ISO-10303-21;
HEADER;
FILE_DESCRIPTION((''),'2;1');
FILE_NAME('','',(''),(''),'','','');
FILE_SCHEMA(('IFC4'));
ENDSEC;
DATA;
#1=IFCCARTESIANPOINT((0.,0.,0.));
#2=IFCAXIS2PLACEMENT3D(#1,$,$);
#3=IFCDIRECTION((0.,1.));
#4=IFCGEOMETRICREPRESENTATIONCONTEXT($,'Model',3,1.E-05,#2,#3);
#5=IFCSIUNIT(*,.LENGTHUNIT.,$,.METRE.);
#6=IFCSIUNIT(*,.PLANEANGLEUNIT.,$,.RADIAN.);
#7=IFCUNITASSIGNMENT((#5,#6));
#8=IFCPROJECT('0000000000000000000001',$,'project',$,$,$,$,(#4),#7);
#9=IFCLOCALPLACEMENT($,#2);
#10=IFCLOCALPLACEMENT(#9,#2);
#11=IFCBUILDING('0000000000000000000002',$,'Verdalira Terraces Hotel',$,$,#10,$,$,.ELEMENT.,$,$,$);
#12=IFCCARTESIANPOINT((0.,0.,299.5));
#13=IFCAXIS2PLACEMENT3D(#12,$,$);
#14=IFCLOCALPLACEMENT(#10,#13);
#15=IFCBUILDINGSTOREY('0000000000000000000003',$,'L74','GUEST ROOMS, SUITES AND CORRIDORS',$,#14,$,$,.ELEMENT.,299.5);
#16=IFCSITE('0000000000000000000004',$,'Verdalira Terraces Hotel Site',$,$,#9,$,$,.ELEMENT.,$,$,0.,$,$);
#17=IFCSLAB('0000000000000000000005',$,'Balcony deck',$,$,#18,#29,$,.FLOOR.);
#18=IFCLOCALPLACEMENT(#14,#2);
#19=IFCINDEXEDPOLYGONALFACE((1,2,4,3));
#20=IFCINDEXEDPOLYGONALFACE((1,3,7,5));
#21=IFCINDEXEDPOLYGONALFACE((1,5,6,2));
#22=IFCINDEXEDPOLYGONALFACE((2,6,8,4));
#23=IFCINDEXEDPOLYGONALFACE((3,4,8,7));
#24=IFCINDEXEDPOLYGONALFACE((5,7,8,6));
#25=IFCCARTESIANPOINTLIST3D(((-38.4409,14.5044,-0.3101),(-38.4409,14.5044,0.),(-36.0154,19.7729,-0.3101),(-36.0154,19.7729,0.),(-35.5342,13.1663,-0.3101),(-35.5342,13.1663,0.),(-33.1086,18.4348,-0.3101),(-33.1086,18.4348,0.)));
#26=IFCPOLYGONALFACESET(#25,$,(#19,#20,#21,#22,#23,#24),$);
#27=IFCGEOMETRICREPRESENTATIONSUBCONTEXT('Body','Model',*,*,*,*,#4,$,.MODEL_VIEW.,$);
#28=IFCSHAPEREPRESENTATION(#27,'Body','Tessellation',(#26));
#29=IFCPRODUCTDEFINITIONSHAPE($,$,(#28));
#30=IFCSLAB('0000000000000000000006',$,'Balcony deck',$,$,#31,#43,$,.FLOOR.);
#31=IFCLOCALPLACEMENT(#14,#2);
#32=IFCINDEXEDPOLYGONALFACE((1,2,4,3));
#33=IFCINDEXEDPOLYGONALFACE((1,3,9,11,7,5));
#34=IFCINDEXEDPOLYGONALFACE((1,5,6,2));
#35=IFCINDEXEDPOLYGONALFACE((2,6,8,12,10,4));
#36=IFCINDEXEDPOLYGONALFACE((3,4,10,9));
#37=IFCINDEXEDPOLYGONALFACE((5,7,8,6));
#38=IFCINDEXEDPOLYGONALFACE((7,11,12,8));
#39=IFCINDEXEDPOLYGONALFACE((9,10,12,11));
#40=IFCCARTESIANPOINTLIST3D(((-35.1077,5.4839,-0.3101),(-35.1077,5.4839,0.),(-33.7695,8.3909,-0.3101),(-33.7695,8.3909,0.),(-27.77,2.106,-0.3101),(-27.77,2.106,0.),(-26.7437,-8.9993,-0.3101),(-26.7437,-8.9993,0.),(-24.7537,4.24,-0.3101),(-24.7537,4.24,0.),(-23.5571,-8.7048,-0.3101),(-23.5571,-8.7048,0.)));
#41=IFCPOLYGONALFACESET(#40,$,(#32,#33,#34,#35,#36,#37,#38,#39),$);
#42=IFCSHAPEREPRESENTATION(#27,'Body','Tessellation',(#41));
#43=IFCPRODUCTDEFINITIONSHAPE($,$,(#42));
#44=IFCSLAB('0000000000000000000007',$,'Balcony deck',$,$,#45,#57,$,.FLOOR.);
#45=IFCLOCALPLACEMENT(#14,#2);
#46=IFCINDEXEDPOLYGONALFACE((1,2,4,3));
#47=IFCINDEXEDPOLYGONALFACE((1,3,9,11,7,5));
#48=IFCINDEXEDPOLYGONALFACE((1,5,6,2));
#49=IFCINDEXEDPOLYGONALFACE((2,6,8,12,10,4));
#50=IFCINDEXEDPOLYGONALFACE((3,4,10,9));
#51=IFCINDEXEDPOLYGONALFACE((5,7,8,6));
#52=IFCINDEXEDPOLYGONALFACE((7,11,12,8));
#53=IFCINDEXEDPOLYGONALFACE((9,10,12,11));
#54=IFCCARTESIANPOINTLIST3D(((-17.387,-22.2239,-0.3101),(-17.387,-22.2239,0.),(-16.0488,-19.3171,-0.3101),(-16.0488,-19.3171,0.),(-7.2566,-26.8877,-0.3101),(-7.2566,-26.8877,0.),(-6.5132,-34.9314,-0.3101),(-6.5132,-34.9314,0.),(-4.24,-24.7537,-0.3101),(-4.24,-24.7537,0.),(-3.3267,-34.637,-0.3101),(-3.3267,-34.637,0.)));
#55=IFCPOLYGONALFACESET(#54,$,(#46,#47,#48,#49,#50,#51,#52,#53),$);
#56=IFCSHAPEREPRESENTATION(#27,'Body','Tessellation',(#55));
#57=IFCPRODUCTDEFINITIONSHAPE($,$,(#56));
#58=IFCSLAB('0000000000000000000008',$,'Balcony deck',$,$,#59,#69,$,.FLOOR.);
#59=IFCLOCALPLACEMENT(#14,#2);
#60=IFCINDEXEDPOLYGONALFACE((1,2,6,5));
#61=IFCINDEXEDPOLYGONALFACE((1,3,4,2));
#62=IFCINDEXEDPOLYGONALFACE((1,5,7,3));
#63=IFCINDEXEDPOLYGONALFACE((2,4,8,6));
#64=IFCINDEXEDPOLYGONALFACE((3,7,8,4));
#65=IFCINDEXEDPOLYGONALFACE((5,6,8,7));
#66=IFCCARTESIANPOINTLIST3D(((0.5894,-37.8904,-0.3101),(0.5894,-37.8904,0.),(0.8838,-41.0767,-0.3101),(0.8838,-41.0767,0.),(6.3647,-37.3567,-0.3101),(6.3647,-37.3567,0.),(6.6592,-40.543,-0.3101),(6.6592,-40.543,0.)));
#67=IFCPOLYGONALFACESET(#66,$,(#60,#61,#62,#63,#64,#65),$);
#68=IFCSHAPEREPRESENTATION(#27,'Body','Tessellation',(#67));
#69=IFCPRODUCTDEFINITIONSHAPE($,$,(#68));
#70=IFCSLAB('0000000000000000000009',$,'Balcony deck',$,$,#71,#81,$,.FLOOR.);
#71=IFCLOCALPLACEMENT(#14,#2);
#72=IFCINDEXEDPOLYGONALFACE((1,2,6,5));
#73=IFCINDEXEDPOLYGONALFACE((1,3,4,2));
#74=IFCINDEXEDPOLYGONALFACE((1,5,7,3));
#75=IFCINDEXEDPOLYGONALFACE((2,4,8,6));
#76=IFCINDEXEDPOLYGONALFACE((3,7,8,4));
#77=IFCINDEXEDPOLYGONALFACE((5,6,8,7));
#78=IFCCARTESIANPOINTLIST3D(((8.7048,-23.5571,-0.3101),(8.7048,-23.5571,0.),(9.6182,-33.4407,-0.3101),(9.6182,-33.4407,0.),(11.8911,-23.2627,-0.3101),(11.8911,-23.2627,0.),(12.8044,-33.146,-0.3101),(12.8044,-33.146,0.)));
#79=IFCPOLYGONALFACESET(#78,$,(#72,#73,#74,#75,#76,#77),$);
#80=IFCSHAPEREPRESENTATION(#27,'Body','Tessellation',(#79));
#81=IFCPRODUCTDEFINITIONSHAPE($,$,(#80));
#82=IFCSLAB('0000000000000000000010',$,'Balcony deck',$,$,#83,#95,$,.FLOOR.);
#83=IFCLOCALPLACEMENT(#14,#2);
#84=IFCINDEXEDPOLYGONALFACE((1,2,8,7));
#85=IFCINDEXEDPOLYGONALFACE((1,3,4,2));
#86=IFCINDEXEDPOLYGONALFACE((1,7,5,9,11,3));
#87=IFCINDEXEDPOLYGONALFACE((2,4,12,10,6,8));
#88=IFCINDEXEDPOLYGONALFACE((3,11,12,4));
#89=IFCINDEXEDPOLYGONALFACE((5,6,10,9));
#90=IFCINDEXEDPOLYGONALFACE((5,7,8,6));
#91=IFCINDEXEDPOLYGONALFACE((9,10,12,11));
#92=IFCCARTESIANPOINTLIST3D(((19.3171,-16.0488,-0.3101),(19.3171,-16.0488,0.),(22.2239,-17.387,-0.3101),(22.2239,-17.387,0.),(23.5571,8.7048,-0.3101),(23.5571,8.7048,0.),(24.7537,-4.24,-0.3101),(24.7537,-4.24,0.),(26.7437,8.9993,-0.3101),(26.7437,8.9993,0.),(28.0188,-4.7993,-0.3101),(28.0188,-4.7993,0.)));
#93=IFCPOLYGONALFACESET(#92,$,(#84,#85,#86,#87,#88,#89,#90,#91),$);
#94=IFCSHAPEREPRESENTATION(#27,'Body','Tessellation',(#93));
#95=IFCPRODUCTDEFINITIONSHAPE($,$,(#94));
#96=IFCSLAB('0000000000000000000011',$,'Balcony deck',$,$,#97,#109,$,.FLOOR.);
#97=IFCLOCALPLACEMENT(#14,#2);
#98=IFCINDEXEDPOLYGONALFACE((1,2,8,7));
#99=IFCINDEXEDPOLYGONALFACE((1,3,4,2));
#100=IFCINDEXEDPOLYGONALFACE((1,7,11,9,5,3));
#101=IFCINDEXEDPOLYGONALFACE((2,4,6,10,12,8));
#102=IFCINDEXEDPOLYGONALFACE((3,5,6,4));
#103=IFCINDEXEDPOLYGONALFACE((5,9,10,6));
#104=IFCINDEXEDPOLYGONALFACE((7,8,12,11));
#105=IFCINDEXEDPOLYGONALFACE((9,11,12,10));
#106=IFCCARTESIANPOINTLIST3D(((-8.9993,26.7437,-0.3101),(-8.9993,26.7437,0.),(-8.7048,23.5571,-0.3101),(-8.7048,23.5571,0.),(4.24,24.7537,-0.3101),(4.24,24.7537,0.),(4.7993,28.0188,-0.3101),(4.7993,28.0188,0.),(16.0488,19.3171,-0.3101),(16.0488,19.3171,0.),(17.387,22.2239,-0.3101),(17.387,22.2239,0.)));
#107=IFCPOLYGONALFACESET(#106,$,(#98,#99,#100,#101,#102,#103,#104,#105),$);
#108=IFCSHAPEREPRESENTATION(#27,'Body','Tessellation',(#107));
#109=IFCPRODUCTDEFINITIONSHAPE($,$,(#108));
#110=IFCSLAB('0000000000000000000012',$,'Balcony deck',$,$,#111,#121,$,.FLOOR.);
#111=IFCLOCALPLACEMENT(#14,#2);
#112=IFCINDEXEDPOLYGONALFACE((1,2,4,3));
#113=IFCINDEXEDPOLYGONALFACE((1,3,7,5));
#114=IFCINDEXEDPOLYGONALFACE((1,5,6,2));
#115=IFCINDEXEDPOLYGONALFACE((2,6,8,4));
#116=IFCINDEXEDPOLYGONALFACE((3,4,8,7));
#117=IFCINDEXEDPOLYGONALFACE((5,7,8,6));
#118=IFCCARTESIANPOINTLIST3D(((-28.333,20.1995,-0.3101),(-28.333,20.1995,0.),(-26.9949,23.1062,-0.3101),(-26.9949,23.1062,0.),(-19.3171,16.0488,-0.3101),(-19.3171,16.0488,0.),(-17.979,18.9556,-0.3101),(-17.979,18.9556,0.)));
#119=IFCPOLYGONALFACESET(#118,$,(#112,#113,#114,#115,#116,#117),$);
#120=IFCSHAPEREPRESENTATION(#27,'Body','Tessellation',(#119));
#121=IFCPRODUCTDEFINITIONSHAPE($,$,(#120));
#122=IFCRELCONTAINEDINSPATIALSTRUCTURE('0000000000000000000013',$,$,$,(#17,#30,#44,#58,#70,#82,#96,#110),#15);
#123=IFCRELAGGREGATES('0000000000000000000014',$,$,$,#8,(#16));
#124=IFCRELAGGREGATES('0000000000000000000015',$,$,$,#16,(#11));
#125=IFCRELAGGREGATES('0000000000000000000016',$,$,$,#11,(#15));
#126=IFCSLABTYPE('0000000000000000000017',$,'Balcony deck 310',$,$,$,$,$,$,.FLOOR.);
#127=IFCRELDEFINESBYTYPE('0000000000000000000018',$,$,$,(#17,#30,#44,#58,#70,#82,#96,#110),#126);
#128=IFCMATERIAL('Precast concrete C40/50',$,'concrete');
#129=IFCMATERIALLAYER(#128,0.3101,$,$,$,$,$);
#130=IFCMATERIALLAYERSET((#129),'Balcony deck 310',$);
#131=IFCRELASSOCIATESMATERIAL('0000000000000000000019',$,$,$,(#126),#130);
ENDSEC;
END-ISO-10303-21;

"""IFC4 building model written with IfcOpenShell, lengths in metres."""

from ifc_helpers import new_model, si_unit, direction, frame, origin, place, context, subcontext, project, spatial, polyline, outline, extrude, material, layer, layer_set, type_object, element, save


model = new_model("IFC4")

# Units and contexts
model_context = context("Model", 3, precision=1e-05, world=origin(), true_north=direction((0.0, 1.0)))
body_context = subcontext(model_context, "Body", "Model", "MODEL_VIEW")
ifc_project = project(units=[si_unit("LENGTHUNIT", "METRE"), si_unit("PLANEANGLEUNIT", "RADIAN")], contexts=[model_context])

# Site, building, storey
site_placement = place(None, origin())
site = spatial("IfcSite", under=ifc_project, at=site_placement, Name="Verdalira Terraces Hotel Site", CompositionType="ELEMENT", RefElevation=0.0)
building_placement = place(site_placement, origin())
building = spatial("IfcBuilding", under=site, at=building_placement, Name="Verdalira Terraces Hotel", CompositionType="ELEMENT")
storey_placement = place(building_placement, frame((0.0, 0.0, 299.5)))
storey = spatial("IfcBuildingStorey", under=building, at=storey_placement, Name="L74", Description="GUEST ROOMS, SUITES AND CORRIDORS", CompositionType="ELEMENT", Elevation=299.5)

# Slabs
ifc_material_1 = material(Name="Precast concrete C40/50", Category="concrete")
ifc_layer_1 = layer(ifc_material_1, 0.3101)
ifc_layer_set_1 = layer_set([ifc_layer_1], Name="Balcony deck 310")
slab_type_1 = type_object("IfcSlabType", Name="Balcony deck 310", PredefinedType="FLOOR", material=ifc_layer_set_1)
slab_1_placement = place(storey_placement, frame((0.0, 0.0, -0.3101)))
element("IfcSlab", 1, at=slab_1_placement, inside=storey, type_object=slab_type_1, Name="Balcony deck", PredefinedType="FLOOR", context=body_context, shape_type="SweptSolid", body=[
    extrude(outline(polyline([(-38.4409, 14.5044), (-35.5342, 13.1663), (-33.1086, 18.4348), (-36.0154, 19.7729), (-38.4409, 14.5044)])), origin(), (0.0, 0.0, 1.0), 0.3101),
])
slab_2_placement = place(storey_placement, frame((0.0, 0.0, -0.3101)))
element("IfcSlab", 2, at=slab_2_placement, inside=storey, type_object=slab_type_1, Name="Balcony deck", PredefinedType="FLOOR", context=body_context, shape_type="SweptSolid", body=[
    extrude(outline(polyline([(-27.77, 2.106), (-26.7437, -8.9993), (-23.5571, -8.7048), (-24.7537, 4.24), (-33.7695, 8.3909), (-35.1077, 5.4839), (-27.77, 2.106)])), origin(), (0.0, 0.0, 1.0), 0.3101),
])
slab_3_placement = place(storey_placement, frame((0.0, 0.0, -0.3101)))
element("IfcSlab", 3, at=slab_3_placement, inside=storey, type_object=slab_type_1, Name="Balcony deck", PredefinedType="FLOOR", context=body_context, shape_type="SweptSolid", body=[
    extrude(outline(polyline([(-7.2566, -26.8877), (-6.5132, -34.9314), (-3.3267, -34.637), (-4.24, -24.7537), (-16.0488, -19.3171), (-17.387, -22.2239), (-7.2566, -26.8877)])), origin(), (0.0, 0.0, 1.0), 0.3101),
])
slab_4_placement = place(storey_placement, frame((0.0, 0.0, -0.3101)))
element("IfcSlab", 4, at=slab_4_placement, inside=storey, type_object=slab_type_1, Name="Balcony deck", PredefinedType="FLOOR", context=body_context, shape_type="SweptSolid", body=[
    extrude(outline(polyline([(6.6592, -40.543), (6.3647, -37.3567), (0.5894, -37.8904), (0.8838, -41.0767), (6.6592, -40.543)])), origin(), (0.0, 0.0, 1.0), 0.3101),
])
slab_5_placement = place(storey_placement, frame((0.0, 0.0, -0.3101)))
element("IfcSlab", 5, at=slab_5_placement, inside=storey, type_object=slab_type_1, Name="Balcony deck", PredefinedType="FLOOR", context=body_context, shape_type="SweptSolid", body=[
    extrude(outline(polyline([(11.8911, -23.2627), (8.7048, -23.5571), (9.6182, -33.4407), (12.8044, -33.146), (11.8911, -23.2627)])), origin(), (0.0, 0.0, 1.0), 0.3101),
])
slab_6_placement = place(storey_placement, frame((0.0, 0.0, -0.3101)))
element("IfcSlab", 6, at=slab_6_placement, inside=storey, type_object=slab_type_1, Name="Balcony deck", PredefinedType="FLOOR", context=body_context, shape_type="SweptSolid", body=[
    extrude(outline(polyline([(26.7437, 8.9993), (23.5571, 8.7048), (24.7537, -4.24), (19.3171, -16.0488), (22.2239, -17.387), (28.0188, -4.7993), (26.7437, 8.9993)])), origin(), (0.0, 0.0, 1.0), 0.3101),
])
slab_7_placement = place(storey_placement, frame((0.0, 0.0, -0.3101)))
element("IfcSlab", 7, at=slab_7_placement, inside=storey, type_object=slab_type_1, Name="Balcony deck", PredefinedType="FLOOR", context=body_context, shape_type="SweptSolid", body=[
    extrude(outline(polyline([(-8.9993, 26.7437), (-8.7048, 23.5571), (4.24, 24.7537), (16.0488, 19.3171), (17.387, 22.2239), (4.7993, 28.0188), (-8.9993, 26.7437)])), origin(), (0.0, 0.0, 1.0), 0.3101),
])
slab_8_placement = place(storey_placement, frame((0.0, 0.0, -0.3101)))
element("IfcSlab", 8, at=slab_8_placement, inside=storey, type_object=slab_type_1, Name="Balcony deck", PredefinedType="FLOOR", context=body_context, shape_type="SweptSolid", body=[
    extrude(outline(polyline([(-26.9949, 23.1062), (-28.333, 20.1995), (-19.3171, 16.0488), (-17.979, 18.9556), (-26.9949, 23.1062)])), origin(), (0.0, 0.0, 1.0), 0.3101),
])

save(model, "model.ifc")
